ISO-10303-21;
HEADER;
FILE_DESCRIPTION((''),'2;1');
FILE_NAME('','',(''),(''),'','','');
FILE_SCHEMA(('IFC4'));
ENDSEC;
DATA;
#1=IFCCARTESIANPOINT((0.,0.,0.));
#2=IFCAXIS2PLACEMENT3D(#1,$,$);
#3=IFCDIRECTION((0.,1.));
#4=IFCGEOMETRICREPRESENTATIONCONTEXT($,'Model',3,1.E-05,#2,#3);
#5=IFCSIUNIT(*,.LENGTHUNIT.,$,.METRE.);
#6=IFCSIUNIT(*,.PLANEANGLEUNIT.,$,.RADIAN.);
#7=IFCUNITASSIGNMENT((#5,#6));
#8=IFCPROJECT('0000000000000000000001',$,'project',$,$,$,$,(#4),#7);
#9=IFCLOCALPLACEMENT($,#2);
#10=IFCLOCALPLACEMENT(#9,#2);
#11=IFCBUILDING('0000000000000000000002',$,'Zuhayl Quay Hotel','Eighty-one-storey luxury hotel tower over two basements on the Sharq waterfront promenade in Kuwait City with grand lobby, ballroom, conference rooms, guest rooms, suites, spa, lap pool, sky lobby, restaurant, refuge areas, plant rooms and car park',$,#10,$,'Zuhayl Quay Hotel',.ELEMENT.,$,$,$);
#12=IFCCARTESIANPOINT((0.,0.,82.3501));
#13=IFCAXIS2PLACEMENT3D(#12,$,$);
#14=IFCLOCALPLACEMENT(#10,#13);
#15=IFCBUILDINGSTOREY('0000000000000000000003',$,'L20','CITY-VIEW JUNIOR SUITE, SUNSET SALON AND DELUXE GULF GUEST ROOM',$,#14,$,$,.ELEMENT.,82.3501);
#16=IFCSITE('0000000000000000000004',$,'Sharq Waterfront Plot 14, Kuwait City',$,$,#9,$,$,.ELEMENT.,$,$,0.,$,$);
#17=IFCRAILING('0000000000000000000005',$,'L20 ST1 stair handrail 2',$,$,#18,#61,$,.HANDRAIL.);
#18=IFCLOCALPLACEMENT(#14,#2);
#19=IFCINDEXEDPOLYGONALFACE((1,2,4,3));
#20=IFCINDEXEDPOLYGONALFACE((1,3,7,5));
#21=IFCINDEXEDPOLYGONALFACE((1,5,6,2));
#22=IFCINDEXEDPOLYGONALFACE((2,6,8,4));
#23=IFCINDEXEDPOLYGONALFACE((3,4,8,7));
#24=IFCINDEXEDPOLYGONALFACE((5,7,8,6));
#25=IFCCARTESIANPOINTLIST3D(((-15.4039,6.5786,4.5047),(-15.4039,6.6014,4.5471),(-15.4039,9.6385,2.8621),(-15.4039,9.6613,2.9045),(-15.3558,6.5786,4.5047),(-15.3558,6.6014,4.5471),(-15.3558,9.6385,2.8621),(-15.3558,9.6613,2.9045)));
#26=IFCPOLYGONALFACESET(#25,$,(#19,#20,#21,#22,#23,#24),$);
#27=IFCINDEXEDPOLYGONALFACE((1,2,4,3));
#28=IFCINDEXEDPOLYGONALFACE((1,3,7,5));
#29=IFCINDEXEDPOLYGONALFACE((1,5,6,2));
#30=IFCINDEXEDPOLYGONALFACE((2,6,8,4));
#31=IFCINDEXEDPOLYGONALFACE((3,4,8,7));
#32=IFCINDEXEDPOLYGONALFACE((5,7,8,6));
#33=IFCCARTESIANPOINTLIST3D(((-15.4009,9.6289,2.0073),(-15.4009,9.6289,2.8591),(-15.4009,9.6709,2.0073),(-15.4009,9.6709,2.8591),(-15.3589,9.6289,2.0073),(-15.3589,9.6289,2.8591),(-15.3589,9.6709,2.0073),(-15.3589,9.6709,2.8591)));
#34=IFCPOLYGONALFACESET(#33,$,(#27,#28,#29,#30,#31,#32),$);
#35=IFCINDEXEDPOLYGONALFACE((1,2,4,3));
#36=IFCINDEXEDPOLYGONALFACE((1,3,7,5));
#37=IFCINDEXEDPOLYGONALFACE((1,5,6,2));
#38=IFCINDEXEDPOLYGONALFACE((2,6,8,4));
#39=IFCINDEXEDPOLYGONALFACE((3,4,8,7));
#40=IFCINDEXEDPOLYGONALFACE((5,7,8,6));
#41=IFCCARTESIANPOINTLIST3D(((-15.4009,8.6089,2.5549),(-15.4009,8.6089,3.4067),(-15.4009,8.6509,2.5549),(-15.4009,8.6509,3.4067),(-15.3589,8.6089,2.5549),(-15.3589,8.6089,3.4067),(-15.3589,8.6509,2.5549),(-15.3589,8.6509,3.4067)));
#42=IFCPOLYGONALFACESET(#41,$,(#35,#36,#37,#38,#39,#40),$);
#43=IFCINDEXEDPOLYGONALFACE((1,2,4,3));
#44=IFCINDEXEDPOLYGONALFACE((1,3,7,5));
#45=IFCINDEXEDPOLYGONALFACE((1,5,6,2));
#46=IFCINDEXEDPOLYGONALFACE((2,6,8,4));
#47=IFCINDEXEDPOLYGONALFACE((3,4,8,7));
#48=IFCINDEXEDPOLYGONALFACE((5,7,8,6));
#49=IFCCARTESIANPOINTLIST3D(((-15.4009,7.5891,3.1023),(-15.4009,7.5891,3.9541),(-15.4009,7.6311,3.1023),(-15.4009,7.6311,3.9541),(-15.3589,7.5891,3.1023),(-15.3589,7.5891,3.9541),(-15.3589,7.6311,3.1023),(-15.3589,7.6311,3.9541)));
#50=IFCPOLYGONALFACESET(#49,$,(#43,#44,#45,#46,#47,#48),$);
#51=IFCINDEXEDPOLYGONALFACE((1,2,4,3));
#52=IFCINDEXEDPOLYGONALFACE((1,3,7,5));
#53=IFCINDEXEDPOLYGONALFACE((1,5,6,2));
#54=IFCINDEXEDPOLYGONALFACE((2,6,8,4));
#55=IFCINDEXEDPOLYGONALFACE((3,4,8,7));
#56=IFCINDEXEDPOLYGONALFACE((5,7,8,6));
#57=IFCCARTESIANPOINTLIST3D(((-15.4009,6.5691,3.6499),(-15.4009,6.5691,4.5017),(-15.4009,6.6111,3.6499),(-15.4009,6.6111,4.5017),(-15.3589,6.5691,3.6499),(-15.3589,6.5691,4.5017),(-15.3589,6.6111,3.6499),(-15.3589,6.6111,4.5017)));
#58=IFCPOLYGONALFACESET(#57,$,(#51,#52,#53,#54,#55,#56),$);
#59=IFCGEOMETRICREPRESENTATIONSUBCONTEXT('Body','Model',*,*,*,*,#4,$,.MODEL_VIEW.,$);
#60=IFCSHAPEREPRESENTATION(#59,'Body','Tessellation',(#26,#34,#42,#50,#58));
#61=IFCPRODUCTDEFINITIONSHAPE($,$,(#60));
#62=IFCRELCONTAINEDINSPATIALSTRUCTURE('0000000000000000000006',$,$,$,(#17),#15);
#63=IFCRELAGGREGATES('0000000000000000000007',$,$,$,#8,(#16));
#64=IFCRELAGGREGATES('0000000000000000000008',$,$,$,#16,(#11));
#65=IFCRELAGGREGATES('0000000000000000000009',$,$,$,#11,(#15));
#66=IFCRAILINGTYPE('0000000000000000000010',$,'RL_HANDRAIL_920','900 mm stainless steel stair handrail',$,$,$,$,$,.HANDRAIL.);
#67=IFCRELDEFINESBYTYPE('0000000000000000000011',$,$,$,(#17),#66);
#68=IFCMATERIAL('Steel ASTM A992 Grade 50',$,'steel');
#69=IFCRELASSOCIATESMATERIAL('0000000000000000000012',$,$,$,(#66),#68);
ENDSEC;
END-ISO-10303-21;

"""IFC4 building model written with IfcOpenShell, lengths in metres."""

from ifc_helpers import new_model, si_unit, direction, frame, origin, origin_2d, place, context, subcontext, project, spatial, rectangle, extrude, material, type_object, element, save


model = new_model("IFC4")

# Units and contexts
model_context = context("Model", 3, precision=1e-05, world=origin(), true_north=direction((0.0, 1.0)))
body_context = subcontext(model_context, "Body", "Model", "MODEL_VIEW")
ifc_project = project(units=[si_unit("LENGTHUNIT", "METRE"), si_unit("PLANEANGLEUNIT", "RADIAN")], contexts=[model_context])

# Site, building, storey
site_placement = place(None, origin())
site = spatial("IfcSite", under=ifc_project, at=site_placement, Name="Sharq Waterfront Plot 14, Kuwait City", CompositionType="ELEMENT", RefElevation=0.0)
building_placement = place(site_placement, origin())
building = spatial("IfcBuilding", under=site, at=building_placement, Name="Zuhayl Quay Hotel", Description="Eighty-one-storey luxury hotel tower over two basements on the Sharq waterfront promenade in Kuwait City with grand lobby, ballroom, conference rooms, guest rooms, suites, spa, lap pool, sky lobby, restaurant, refuge areas, plant rooms and car park", LongName="Zuhayl Quay Hotel", CompositionType="ELEMENT")
storey_placement = place(building_placement, frame((0.0, 0.0, 82.3501)))
storey = spatial("IfcBuildingStorey", under=building, at=storey_placement, Name="L20", Description="CITY-VIEW JUNIOR SUITE, SUNSET SALON AND DELUXE GULF GUEST ROOM", CompositionType="ELEMENT", Elevation=82.3501)

# Railing
ifc_material_1 = material(Name="Steel ASTM A992 Grade 50", Category="steel")
railing_type_1 = type_object("IfcRailingType", Name="RL_HANDRAIL_920", Description="900 mm stainless steel stair handrail", PredefinedType="HANDRAIL", material=ifc_material_1)
railing_1_placement = place(storey_placement, frame((-15.3799, 9.6499, 2.0073)))
element("IfcRailing", 1, at=railing_1_placement, inside=storey, type_object=railing_type_1, Name="L20 ST1 stair handrail 2", PredefinedType="HANDRAIL", context=body_context, shape_type="SweptSolid", body=[
    extrude(rectangle(XDim=0.0481, YDim=0.0481, at=origin_2d()), frame((0.0, 0.0, 0.876), z_axis=(0.0, -0.881073, 0.47298), x_axis=(1.0, 0.0, 0.0)), (0.0, 0.0, 1.0), 3.4729),
    extrude(rectangle(XDim=0.042, YDim=0.042, at=origin_2d()), origin(), (0.0, 0.0, 1.0), 0.8518),
    extrude(rectangle(XDim=0.042, YDim=0.042, at=origin_2d()), frame((0.0, -1.02, 0.5476)), (0.0, 0.0, 1.0), 0.8518),
    extrude(rectangle(XDim=0.042, YDim=0.042, at=origin_2d()), frame((0.0, -2.0398, 1.095)), (0.0, 0.0, 1.0), 0.8518),
    extrude(rectangle(XDim=0.042, YDim=0.042, at=origin_2d()), frame((0.0, -3.0598, 1.6426)), (0.0, 0.0, 1.0), 0.8518),
])

save(model, "model.ifc")
